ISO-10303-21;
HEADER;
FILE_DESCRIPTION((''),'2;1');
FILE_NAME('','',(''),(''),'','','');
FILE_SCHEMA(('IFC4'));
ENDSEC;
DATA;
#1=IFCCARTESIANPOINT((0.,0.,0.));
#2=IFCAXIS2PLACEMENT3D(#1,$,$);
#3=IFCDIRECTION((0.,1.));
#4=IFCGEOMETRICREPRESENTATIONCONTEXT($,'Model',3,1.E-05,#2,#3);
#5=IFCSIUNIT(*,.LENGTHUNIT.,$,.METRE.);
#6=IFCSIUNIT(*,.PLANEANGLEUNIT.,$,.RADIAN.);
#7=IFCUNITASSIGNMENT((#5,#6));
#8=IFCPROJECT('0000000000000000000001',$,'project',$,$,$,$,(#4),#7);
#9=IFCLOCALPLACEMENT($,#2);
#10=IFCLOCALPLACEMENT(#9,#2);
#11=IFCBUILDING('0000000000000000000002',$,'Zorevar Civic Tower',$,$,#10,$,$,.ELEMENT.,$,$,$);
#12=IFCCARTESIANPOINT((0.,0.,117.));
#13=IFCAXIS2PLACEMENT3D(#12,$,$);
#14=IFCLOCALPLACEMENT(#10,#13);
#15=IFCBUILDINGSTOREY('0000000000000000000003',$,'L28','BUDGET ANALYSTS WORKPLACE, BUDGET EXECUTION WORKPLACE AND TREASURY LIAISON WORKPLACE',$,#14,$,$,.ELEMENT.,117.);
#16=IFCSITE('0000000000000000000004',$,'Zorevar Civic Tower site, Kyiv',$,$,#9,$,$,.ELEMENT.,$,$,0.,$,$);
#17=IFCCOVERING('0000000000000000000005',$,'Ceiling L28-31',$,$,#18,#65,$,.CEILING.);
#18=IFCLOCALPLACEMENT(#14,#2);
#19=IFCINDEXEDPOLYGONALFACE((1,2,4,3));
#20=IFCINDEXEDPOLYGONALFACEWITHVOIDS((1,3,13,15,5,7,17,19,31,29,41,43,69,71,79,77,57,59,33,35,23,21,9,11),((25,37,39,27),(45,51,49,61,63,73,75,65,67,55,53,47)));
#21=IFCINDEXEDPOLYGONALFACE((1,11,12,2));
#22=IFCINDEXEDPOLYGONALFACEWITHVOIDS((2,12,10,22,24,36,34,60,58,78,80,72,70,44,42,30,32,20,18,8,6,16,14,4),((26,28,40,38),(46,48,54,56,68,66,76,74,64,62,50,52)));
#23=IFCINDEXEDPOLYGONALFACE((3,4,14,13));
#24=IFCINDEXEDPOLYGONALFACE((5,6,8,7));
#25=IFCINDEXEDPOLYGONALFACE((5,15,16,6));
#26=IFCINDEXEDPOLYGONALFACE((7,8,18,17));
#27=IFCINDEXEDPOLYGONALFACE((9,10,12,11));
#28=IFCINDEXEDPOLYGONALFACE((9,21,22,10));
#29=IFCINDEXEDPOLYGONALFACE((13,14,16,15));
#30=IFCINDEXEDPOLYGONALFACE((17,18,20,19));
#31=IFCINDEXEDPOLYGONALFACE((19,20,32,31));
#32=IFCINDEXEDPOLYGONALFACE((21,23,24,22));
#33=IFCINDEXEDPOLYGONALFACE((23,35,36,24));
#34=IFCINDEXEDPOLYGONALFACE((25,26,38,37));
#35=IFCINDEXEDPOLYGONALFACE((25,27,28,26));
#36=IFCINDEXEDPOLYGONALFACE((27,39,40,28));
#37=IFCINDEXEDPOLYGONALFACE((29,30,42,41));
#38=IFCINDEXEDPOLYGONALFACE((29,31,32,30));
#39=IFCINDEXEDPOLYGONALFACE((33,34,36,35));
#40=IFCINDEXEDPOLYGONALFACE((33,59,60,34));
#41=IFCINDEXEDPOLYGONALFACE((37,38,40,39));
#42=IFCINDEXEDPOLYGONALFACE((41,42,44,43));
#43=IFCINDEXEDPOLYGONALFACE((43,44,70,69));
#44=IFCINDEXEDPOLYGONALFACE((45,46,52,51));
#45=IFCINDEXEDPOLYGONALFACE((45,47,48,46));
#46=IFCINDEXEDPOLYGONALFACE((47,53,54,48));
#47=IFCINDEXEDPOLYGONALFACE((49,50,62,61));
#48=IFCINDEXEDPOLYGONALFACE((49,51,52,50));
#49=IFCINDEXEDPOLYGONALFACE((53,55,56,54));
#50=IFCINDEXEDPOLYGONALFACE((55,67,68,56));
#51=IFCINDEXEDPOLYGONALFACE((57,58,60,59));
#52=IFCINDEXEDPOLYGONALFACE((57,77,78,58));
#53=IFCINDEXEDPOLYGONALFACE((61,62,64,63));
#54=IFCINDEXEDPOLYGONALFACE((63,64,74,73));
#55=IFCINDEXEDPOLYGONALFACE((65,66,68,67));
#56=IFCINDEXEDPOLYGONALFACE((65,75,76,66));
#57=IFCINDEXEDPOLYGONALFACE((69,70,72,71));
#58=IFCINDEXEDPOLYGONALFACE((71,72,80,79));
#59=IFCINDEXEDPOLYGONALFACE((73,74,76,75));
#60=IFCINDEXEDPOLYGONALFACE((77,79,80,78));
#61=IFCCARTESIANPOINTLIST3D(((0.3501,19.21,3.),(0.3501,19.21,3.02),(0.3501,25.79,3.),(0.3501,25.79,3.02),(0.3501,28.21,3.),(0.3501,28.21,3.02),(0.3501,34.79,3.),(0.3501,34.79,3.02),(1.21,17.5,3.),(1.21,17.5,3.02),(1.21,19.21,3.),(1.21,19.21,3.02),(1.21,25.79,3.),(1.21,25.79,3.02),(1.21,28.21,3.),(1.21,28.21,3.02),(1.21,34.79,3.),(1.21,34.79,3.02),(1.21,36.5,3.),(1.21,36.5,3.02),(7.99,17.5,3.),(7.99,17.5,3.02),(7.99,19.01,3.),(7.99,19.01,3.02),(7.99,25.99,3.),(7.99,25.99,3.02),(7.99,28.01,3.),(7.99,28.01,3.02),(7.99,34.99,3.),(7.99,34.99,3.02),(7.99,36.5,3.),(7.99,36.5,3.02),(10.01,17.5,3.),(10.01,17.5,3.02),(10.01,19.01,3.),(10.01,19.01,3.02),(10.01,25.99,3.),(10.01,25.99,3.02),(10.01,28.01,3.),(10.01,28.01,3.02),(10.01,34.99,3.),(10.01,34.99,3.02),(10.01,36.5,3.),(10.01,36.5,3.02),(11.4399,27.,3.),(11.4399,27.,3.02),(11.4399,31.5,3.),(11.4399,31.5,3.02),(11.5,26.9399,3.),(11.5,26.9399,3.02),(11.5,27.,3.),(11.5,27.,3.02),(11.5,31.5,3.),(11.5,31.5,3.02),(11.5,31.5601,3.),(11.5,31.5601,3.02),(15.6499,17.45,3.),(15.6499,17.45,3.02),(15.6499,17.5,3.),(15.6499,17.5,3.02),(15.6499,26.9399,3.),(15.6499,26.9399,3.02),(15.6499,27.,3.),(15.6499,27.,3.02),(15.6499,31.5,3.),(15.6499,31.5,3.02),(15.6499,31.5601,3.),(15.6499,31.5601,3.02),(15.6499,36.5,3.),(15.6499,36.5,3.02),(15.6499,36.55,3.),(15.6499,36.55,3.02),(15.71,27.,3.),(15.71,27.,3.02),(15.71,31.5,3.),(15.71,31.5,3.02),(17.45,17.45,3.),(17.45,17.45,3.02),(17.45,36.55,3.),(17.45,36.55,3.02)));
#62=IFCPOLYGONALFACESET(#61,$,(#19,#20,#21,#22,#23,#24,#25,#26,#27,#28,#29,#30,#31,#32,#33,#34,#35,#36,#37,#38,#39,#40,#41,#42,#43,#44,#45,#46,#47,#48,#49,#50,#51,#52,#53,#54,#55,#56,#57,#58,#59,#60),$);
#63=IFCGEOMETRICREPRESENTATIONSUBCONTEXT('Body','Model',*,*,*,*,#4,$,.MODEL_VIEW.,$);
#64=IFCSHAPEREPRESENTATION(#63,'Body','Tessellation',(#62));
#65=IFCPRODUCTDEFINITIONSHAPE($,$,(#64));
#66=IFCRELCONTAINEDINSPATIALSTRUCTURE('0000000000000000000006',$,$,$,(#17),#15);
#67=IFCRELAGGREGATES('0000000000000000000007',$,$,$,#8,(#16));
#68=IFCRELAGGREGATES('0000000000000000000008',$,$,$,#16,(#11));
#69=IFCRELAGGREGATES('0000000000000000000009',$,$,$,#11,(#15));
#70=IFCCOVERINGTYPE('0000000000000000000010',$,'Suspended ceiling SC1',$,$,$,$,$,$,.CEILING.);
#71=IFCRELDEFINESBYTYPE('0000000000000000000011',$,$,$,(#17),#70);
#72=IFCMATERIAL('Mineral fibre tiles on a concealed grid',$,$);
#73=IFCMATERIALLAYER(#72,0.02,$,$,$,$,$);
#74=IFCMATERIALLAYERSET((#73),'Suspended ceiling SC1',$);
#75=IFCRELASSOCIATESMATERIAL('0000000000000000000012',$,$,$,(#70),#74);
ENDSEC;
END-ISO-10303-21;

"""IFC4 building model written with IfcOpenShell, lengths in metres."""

from ifc_helpers import new_model, si_unit, direction, frame, origin, place, context, subcontext, project, spatial, polyline, outline, extrude, material, layer, layer_set, type_object, element, save


model = new_model("IFC4")

# Units and contexts
model_context = context("Model", 3, precision=1e-05, world=origin(), true_north=direction((0.0, 1.0)))
body_context = subcontext(model_context, "Body", "Model", "MODEL_VIEW")
ifc_project = project(units=[si_unit("LENGTHUNIT", "METRE"), si_unit("PLANEANGLEUNIT", "RADIAN")], contexts=[model_context])

# Site, building, storey
site_placement = place(None, origin())
site = spatial("IfcSite", under=ifc_project, at=site_placement, Name="Zorevar Civic Tower site, Kyiv", CompositionType="ELEMENT", RefElevation=0.0)
building_placement = place(site_placement, origin())
building = spatial("IfcBuilding", under=site, at=building_placement, Name="Zorevar Civic Tower", CompositionType="ELEMENT")
storey_placement = place(building_placement, frame((0.0, 0.0, 117.0)))
storey = spatial("IfcBuildingStorey", under=building, at=storey_placement, Name="L28", Description="BUDGET ANALYSTS WORKPLACE, BUDGET EXECUTION WORKPLACE AND TREASURY LIAISON WORKPLACE", CompositionType="ELEMENT", Elevation=117.0)

# Covering
ifc_material_1 = material(Name="Mineral fibre tiles on a concealed grid")
ifc_layer_1 = layer(ifc_material_1, 0.02)
ifc_layer_set_1 = layer_set([ifc_layer_1], Name="Suspended ceiling SC1")
covering_type_1 = type_object("IfcCoveringType", Name="Suspended ceiling SC1", PredefinedType="CEILING", material=ifc_layer_set_1)
covering_1_placement = place(storey_placement, frame((0.0, 0.0, 3.0)))
element("IfcCovering", 1, at=covering_1_placement, inside=storey, type_object=covering_type_1, Name="Ceiling L28-31", PredefinedType="CEILING", context=body_context, shape_type="SweptSolid", body=[
    extrude(outline(polyline([(15.6499, 36.5), (15.6499, 36.55), (17.45, 36.55), (17.45, 17.45), (15.6499, 17.45), (15.6499, 17.5), (10.01, 17.5), (10.01, 19.01), (7.99, 19.01), (7.99, 17.5), (1.21, 17.5), (1.21, 19.21), (0.3501, 19.21), (0.3501, 25.79), (1.21, 25.79), (1.21, 28.21), (0.3501, 28.21), (0.3501, 34.79), (1.21, 34.79), (1.21, 36.5), (7.99, 36.5), (7.99, 34.99), (10.01, 34.99), (10.01, 36.5), (15.6499, 36.5)]), holes=[polyline([(15.6499, 26.9399), (15.6499, 27.0), (15.71, 27.0), (15.71, 31.5), (15.6499, 31.5), (15.6499, 31.5601), (11.5, 31.5601), (11.5, 31.5), (11.4399, 31.5), (11.4399, 27.0), (11.5, 27.0), (11.5, 26.9399), (15.6499, 26.9399)]), polyline([(7.99, 28.01), (7.99, 25.99), (10.01, 25.99), (10.01, 28.01), (7.99, 28.01)])]), origin(), (0.0, 0.0, 1.0), 0.02),
])

save(model, "model.ifc")
